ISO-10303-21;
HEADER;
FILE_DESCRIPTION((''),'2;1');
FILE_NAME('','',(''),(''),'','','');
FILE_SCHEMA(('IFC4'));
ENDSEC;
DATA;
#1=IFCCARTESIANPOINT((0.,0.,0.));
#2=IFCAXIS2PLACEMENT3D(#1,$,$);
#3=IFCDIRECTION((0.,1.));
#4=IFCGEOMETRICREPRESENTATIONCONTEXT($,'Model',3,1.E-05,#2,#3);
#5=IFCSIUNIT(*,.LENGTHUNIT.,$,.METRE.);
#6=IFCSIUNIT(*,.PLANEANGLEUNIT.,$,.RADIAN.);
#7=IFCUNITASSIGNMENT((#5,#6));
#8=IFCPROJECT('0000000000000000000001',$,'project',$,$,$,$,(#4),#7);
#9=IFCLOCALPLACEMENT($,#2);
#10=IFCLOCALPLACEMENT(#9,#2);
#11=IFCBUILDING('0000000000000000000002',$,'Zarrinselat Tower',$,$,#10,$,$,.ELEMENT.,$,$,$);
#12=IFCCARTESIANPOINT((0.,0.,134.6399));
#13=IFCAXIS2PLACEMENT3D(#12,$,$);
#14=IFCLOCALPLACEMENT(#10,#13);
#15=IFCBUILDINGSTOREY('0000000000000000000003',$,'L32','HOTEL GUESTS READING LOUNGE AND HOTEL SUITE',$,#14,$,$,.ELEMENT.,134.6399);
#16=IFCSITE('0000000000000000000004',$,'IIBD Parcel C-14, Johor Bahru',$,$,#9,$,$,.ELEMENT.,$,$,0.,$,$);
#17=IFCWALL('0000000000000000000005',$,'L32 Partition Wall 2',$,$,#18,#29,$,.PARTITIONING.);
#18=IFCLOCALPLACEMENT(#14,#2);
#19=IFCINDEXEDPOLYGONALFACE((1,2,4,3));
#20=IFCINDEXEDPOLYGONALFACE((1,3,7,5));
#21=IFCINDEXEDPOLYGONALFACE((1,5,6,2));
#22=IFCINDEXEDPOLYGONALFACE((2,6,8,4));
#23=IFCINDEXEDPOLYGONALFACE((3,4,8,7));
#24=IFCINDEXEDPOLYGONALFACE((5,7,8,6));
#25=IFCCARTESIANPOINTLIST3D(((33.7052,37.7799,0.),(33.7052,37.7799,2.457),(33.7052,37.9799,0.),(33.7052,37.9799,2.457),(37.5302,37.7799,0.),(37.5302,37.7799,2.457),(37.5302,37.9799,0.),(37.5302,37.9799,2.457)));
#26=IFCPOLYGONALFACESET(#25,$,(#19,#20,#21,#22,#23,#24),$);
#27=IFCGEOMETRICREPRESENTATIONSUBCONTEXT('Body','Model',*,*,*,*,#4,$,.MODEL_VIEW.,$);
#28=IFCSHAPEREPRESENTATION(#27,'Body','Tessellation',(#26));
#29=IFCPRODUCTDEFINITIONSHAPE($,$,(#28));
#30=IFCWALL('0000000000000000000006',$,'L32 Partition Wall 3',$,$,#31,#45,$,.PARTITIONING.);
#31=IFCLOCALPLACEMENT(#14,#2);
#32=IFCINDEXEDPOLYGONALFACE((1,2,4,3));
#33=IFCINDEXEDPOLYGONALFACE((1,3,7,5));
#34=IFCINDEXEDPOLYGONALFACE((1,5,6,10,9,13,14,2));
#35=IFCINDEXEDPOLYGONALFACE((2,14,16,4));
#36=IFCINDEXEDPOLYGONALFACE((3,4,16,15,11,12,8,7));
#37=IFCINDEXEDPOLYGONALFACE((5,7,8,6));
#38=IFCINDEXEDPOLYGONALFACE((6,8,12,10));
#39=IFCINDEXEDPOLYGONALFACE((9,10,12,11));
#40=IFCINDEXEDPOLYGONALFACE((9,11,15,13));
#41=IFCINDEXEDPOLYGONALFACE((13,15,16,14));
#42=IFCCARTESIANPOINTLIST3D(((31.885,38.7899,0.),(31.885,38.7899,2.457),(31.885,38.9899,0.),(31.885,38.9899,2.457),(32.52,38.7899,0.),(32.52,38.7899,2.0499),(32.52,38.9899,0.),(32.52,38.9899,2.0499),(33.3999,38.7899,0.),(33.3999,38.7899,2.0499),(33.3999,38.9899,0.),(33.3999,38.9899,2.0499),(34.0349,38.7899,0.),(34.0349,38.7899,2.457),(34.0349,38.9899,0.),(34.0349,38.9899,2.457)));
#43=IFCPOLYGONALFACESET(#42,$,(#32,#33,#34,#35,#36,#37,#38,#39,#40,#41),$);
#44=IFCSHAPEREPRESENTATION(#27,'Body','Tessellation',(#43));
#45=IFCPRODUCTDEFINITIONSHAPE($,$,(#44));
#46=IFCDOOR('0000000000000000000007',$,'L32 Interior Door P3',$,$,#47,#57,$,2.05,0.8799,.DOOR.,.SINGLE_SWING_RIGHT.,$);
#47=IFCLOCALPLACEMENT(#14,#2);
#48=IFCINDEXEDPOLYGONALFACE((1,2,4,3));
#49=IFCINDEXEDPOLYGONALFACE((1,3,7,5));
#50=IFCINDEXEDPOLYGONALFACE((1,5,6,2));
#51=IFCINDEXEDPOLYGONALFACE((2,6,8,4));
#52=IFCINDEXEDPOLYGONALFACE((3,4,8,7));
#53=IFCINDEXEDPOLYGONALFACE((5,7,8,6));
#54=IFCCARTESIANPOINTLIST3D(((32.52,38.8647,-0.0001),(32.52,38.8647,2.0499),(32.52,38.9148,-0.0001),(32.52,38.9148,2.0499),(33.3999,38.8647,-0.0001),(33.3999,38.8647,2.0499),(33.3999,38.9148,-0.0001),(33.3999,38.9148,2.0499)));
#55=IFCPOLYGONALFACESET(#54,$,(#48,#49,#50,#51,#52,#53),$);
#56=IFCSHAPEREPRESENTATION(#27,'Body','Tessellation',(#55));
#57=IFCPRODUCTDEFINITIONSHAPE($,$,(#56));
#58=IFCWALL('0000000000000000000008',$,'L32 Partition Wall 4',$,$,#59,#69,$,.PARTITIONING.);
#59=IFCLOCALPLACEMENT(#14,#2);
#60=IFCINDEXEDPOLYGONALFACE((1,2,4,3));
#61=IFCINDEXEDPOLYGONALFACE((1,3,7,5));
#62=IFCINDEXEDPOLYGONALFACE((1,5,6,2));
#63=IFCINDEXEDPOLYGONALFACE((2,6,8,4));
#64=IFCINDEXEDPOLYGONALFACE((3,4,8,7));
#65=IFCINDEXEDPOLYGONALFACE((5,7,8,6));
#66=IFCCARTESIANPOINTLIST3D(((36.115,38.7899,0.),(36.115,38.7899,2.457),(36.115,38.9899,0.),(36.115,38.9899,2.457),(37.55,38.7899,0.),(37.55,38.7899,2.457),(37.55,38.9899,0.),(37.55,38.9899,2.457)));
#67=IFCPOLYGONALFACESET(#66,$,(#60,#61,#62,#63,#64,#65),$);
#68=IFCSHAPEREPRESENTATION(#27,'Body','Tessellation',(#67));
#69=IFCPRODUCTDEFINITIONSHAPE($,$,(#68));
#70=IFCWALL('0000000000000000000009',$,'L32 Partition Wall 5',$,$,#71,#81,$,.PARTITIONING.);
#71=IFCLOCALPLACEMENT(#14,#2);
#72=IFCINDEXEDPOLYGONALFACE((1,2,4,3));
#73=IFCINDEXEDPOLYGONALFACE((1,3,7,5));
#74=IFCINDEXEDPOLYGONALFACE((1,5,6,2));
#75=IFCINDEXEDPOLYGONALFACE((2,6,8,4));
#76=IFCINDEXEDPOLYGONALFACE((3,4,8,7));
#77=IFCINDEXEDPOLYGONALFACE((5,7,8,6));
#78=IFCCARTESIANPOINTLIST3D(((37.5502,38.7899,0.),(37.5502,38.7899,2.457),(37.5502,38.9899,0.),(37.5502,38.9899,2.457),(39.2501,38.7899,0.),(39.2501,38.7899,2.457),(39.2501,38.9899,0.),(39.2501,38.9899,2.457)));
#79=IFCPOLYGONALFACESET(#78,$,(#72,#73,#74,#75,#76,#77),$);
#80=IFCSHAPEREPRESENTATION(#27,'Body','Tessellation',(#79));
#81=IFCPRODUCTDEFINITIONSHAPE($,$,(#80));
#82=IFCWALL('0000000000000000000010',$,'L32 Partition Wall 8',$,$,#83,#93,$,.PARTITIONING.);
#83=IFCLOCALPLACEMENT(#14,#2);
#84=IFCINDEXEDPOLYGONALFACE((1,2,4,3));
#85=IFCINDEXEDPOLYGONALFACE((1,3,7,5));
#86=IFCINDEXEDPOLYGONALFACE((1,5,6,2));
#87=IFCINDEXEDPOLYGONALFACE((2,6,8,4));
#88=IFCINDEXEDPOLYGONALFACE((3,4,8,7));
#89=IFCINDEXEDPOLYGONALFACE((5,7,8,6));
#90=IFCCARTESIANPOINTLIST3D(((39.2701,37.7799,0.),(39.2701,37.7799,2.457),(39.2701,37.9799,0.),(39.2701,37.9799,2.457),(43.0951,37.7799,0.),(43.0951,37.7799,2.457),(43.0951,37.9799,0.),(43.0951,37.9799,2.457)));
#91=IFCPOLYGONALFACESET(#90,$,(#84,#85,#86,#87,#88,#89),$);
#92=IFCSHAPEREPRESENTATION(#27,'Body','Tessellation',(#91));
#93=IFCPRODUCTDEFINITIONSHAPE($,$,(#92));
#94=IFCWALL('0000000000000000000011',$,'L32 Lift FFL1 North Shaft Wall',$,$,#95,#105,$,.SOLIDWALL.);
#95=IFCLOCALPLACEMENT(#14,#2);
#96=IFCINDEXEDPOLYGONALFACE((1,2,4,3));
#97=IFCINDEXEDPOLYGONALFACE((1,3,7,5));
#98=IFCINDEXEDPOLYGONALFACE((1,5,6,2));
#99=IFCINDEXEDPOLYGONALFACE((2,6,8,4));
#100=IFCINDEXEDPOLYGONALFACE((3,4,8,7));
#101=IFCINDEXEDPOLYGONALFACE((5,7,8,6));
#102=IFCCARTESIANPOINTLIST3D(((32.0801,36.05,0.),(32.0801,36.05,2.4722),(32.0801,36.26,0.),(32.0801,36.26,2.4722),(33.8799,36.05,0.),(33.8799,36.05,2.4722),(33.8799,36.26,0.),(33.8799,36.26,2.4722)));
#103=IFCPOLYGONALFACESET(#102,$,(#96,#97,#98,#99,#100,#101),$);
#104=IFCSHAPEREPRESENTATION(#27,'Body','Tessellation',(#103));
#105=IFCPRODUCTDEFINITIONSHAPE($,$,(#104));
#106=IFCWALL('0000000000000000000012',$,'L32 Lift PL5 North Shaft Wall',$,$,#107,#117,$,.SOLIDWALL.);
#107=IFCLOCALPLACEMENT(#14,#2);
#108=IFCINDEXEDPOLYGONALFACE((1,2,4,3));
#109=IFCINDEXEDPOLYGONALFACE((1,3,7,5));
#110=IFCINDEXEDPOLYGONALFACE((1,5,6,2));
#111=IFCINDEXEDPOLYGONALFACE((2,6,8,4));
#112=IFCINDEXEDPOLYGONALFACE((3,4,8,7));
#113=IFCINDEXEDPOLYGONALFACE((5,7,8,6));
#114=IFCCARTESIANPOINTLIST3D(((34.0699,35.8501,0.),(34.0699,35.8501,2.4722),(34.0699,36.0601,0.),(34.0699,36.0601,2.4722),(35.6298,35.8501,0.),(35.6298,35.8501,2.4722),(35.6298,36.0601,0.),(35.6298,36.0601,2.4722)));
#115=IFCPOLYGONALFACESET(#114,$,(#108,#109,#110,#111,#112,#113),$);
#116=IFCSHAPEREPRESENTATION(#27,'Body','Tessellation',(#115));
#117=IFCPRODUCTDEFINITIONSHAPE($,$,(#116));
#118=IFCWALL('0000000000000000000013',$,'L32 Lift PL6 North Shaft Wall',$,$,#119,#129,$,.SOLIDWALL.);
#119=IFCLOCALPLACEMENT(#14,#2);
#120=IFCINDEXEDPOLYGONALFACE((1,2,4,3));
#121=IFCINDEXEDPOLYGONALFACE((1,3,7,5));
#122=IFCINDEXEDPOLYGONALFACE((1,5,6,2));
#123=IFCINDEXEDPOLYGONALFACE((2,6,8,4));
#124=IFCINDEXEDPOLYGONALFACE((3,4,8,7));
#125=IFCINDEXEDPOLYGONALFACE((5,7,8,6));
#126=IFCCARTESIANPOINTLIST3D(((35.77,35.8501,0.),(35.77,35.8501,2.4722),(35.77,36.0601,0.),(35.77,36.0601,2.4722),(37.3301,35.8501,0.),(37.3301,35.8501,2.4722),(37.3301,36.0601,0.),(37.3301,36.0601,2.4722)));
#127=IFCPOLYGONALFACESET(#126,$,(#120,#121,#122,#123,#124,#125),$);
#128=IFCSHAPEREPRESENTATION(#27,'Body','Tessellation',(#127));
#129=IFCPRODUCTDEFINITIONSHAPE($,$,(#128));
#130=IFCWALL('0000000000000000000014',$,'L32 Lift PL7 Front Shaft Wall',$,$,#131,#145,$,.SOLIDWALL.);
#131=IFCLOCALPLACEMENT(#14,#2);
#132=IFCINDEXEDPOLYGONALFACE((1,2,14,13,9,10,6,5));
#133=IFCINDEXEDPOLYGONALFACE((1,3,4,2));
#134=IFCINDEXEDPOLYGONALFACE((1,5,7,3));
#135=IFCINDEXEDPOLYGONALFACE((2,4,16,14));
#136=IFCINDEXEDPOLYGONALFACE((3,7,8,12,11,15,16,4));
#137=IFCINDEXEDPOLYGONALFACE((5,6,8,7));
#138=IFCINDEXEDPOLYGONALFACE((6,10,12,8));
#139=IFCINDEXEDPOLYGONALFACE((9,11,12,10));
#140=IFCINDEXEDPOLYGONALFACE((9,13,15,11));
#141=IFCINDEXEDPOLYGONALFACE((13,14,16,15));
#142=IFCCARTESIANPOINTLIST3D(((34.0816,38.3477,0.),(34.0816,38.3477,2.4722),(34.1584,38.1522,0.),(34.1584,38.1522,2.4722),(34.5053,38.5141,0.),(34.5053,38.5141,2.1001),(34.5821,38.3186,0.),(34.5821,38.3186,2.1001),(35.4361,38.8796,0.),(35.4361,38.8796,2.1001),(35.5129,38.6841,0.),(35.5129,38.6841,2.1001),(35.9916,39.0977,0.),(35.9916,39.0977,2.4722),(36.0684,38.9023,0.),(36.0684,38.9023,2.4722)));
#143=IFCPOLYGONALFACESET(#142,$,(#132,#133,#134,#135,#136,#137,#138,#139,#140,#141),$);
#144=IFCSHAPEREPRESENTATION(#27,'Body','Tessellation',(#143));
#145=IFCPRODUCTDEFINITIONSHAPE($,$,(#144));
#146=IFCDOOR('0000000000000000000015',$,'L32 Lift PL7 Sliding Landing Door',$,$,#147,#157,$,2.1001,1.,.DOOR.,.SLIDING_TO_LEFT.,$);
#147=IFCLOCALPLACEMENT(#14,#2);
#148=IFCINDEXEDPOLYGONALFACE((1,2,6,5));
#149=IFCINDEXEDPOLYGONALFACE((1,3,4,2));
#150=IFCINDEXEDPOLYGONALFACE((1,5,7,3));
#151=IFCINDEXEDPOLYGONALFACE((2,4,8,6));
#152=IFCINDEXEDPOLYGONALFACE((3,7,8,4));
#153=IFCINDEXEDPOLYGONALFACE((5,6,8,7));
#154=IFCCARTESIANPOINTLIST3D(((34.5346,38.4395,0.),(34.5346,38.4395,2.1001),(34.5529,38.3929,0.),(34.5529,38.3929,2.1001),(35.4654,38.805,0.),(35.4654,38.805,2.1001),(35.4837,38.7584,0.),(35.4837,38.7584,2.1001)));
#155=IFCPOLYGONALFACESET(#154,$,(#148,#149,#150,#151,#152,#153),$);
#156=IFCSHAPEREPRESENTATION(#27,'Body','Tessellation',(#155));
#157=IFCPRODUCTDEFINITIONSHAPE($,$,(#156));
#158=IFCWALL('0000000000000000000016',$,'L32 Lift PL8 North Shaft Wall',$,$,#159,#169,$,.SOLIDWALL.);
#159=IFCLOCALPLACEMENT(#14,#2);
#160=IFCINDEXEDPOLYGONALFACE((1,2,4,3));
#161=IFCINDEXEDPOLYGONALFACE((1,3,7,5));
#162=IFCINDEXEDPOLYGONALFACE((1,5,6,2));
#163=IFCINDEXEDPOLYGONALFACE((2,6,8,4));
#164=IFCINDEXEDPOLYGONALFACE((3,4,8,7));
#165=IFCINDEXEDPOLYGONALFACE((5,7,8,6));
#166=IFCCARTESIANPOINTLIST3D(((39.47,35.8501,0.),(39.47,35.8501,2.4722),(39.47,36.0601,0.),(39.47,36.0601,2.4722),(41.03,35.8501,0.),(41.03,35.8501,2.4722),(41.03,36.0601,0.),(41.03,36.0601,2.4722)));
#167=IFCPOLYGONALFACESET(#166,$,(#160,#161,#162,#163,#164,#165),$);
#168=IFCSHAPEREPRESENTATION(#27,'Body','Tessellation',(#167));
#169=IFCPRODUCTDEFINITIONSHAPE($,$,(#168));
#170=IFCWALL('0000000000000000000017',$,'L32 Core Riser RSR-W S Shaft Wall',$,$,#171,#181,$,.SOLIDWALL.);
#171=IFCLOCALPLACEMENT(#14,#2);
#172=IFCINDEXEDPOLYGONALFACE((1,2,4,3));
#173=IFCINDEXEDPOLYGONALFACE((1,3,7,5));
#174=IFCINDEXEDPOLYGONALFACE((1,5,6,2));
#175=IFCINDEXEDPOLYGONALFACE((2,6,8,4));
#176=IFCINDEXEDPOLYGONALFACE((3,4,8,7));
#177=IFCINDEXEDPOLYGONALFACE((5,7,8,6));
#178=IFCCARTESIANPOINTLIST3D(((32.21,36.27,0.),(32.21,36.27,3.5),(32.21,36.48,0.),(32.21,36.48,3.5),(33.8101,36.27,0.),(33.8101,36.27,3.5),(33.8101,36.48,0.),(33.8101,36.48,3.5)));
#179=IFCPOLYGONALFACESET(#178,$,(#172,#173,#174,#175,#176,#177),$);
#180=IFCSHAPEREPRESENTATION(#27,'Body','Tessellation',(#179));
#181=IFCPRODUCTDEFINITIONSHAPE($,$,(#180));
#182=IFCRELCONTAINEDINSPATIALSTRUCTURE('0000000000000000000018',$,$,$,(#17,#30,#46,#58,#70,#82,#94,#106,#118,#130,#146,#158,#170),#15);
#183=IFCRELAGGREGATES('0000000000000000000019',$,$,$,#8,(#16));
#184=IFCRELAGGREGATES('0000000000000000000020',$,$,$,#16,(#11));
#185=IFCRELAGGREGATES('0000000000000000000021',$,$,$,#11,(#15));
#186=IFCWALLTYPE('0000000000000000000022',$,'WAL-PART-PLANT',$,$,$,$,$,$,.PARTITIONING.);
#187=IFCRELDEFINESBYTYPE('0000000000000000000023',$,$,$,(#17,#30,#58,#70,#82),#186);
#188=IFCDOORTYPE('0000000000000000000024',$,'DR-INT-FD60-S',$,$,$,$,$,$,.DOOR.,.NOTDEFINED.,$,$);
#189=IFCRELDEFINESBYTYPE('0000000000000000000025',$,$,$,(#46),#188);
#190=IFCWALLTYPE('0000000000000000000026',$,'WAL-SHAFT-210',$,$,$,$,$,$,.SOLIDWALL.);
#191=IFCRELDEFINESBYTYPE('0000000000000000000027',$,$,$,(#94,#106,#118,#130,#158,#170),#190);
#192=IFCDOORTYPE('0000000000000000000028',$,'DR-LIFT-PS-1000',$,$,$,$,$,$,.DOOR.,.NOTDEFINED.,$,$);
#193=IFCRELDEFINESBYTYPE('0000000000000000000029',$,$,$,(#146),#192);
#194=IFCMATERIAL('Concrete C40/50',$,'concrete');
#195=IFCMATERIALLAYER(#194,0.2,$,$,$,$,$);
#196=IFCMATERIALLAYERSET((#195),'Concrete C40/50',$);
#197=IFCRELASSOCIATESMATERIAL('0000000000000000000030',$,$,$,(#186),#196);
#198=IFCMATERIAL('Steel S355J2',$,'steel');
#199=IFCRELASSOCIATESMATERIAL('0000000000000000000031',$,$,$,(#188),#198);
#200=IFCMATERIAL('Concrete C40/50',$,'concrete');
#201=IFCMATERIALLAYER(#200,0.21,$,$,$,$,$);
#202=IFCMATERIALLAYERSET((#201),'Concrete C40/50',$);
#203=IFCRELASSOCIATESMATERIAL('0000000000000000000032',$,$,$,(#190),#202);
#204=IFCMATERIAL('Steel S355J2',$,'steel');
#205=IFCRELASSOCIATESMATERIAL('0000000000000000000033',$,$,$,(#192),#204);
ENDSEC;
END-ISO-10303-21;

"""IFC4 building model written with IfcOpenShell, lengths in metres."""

from ifc_helpers import new_model, si_unit, direction, frame, frame_2d, origin, place, context, subcontext, project, spatial, rectangle, extrude, material, layer, layer_set, type_object, element, fill, save


model = new_model("IFC4")

# Units and contexts
model_context = context("Model", 3, precision=1e-05, world=origin(), true_north=direction((0.0, 1.0)))
body_context = subcontext(model_context, "Body", "Model", "MODEL_VIEW")
ifc_project = project(units=[si_unit("LENGTHUNIT", "METRE"), si_unit("PLANEANGLEUNIT", "RADIAN")], contexts=[model_context])

# Site, building, storey
site_placement = place(None, origin())
site = spatial("IfcSite", under=ifc_project, at=site_placement, Name="IIBD Parcel C-14, Johor Bahru", CompositionType="ELEMENT", RefElevation=0.0)
building_placement = place(site_placement, origin())
building = spatial("IfcBuilding", under=site, at=building_placement, Name="Zarrinselat Tower", CompositionType="ELEMENT")
storey_placement = place(building_placement, frame((0.0, 0.0, 134.6399)))
storey = spatial("IfcBuildingStorey", under=building, at=storey_placement, Name="L32", Description="HOTEL GUESTS READING LOUNGE AND HOTEL SUITE", CompositionType="ELEMENT", Elevation=134.6399)

# Wall
ifc_material_1 = material(Name="Concrete C40/50", Category="concrete")
ifc_layer_1 = layer(ifc_material_1, 0.2)
ifc_layer_set_1 = layer_set([ifc_layer_1], Name="Concrete C40/50")
wall_type_1 = type_object("IfcWallType", Name="WAL-PART-PLANT", PredefinedType="PARTITIONING", material=ifc_layer_set_1)
wall_1_placement = place(storey_placement, frame((33.7051, 37.8799, 0.0), z_axis=(0.0, 0.0, 1.0), x_axis=(1.0, 0.0, 0.0)))
element("IfcWall", 1, at=wall_1_placement, inside=storey, type_object=wall_type_1, Name="L32 Partition Wall 2", PredefinedType="PARTITIONING", context=body_context, shape_type="SweptSolid", body=[
    extrude(rectangle(XDim=3.825, YDim=0.2, at=frame_2d((1.9126, 0.0))), origin(), (0.0, 0.0, 1.0), 2.457),
])

# Wall, opening, door
wall_2_placement = place(storey_placement, frame((31.885, 38.8899, 0.0), z_axis=(0.0, 0.0, 1.0), x_axis=(1.0, 0.0, 0.0)))
wall_2 = element("IfcWall", 2, at=wall_2_placement, inside=storey, type_object=wall_type_1, Name="L32 Partition Wall 3", PredefinedType="PARTITIONING", context=body_context, shape_type="SweptSolid", body=[
    extrude(rectangle(XDim=2.1499, YDim=0.2, at=frame_2d((1.075, 0.0))), origin(), (0.0, 0.0, 1.0), 2.457),
])
opening_1_placement = place(wall_2_placement, frame((0.635, 0.0, 0.0)))
opening_1 = element("IfcOpeningElement", 3, at=opening_1_placement, cuts=wall_2, PredefinedType="OPENING", context=body_context, shape_type="SweptSolid", body=[
    extrude(rectangle(XDim=0.8799, YDim=2.05, at=frame_2d((0.4399, 1.0249))), frame((0.0, 0.1099, 0.0), z_axis=(0.0, -1.0, 0.0), x_axis=(1.0, 0.0, 0.0)), (0.0, 0.0, 1.0), 0.22),
])
ifc_material_2 = material(Name="Steel S355J2", Category="steel")
door_type_1 = type_object("IfcDoorType", Name="DR-INT-FD60-S", OperationType="NOTDEFINED", PredefinedType="DOOR", material=ifc_material_2)
door_1_placement = place(opening_1_placement, origin())
door_1 = element("IfcDoor", 4, at=door_1_placement, inside=storey, type_object=door_type_1, Name="L32 Interior Door P3", OperationType="SINGLE_SWING_RIGHT", OverallHeight=2.05, OverallWidth=0.8799, PredefinedType="DOOR", context=body_context, shape_type="SweptSolid", body=[
    extrude(rectangle(XDim=0.8799, YDim=2.05, at=frame_2d((0.4399, 1.0249))), frame((0.0, 0.0249, 0.0), z_axis=(0.0, -1.0, 0.0), x_axis=(1.0, 0.0, 0.0)), (0.0, 0.0, 1.0), 0.05),
])
fill(opening_1, door_1)

# Walls
wall_3_placement = place(storey_placement, frame((36.115, 38.8899, 0.0), z_axis=(0.0, 0.0, 1.0), x_axis=(1.0, 0.0, 0.0)))
element("IfcWall", 5, at=wall_3_placement, inside=storey, type_object=wall_type_1, Name="L32 Partition Wall 4", PredefinedType="PARTITIONING", context=body_context, shape_type="SweptSolid", body=[
    extrude(rectangle(XDim=1.4351, YDim=0.2, at=frame_2d((0.7175, 0.0))), origin(), (0.0, 0.0, 1.0), 2.457),
])
wall_4_placement = place(storey_placement, frame((37.55, 38.8899, 0.0), z_axis=(0.0, 0.0, 1.0), x_axis=(1.0, 0.0, 0.0)))
element("IfcWall", 6, at=wall_4_placement, inside=storey, type_object=wall_type_1, Name="L32 Partition Wall 5", PredefinedType="PARTITIONING", context=body_context, shape_type="SweptSolid", body=[
    extrude(rectangle(XDim=1.7, YDim=0.2, at=frame_2d((0.8501, 0.0))), origin(), (0.0, 0.0, 1.0), 2.457),
])
wall_5_placement = place(storey_placement, frame((39.27, 37.8799, 0.0), z_axis=(0.0, 0.0, 1.0), x_axis=(1.0, 0.0, 0.0)))
element("IfcWall", 7, at=wall_5_placement, inside=storey, type_object=wall_type_1, Name="L32 Partition Wall 8", PredefinedType="PARTITIONING", context=body_context, shape_type="SweptSolid", body=[
    extrude(rectangle(XDim=3.825, YDim=0.2, at=frame_2d((1.9126, 0.0))), origin(), (0.0, 0.0, 1.0), 2.457),
])
ifc_material_3 = material(Name="Concrete C40/50", Category="concrete")
ifc_layer_2 = layer(ifc_material_3, 0.21)
ifc_layer_set_2 = layer_set([ifc_layer_2], Name="Concrete C40/50")
wall_type_2 = type_object("IfcWallType", Name="WAL-SHAFT-210", PredefinedType="SOLIDWALL", material=ifc_layer_set_2)
wall_6_placement = place(storey_placement, frame((32.0801, 36.155, 0.0), z_axis=(0.0, 0.0, 1.0), x_axis=(1.0, 0.0, 0.0)))
element("IfcWall", 8, at=wall_6_placement, inside=storey, type_object=wall_type_2, Name="L32 Lift FFL1 North Shaft Wall", PredefinedType="SOLIDWALL", context=body_context, shape_type="SweptSolid", body=[
    extrude(rectangle(XDim=1.7998, YDim=0.21, at=frame_2d((0.8999, 0.0))), origin(), (0.0, 0.0, 1.0), 2.4722),
])
wall_7_placement = place(storey_placement, frame((34.0701, 35.9551, 0.0), z_axis=(0.0, 0.0, 1.0), x_axis=(1.0, 0.0, 0.0)))
element("IfcWall", 9, at=wall_7_placement, inside=storey, type_object=wall_type_2, Name="L32 Lift PL5 North Shaft Wall", PredefinedType="SOLIDWALL", context=body_context, shape_type="SweptSolid", body=[
    extrude(rectangle(XDim=1.5598, YDim=0.21, at=frame_2d((0.7798, 0.0))), origin(), (0.0, 0.0, 1.0), 2.4722),
])
wall_8_placement = place(storey_placement, frame((35.77, 35.9551, 0.0), z_axis=(0.0, 0.0, 1.0), x_axis=(1.0, 0.0, 0.0)))
element("IfcWall", 10, at=wall_8_placement, inside=storey, type_object=wall_type_2, Name="L32 Lift PL6 North Shaft Wall", PredefinedType="SOLIDWALL", context=body_context, shape_type="SweptSolid", body=[
    extrude(rectangle(XDim=1.5601, YDim=0.21, at=frame_2d((0.78, 0.0))), origin(), (0.0, 0.0, 1.0), 2.4722),
])

# Wall, opening, door
wall_9_placement = place(storey_placement, frame((34.1201, 38.25, 0.0), z_axis=(0.0, 0.0, 1.0), x_axis=(0.930805, 0.365516, 0.0)))
wall_9 = element("IfcWall", 11, at=wall_9_placement, inside=storey, type_object=wall_type_2, Name="L32 Lift PL7 Front Shaft Wall", PredefinedType="SOLIDWALL", context=body_context, shape_type="SweptSolid", body=[
    extrude(rectangle(XDim=2.052, YDim=0.21, at=frame_2d((1.0259, 0.0))), origin(), (0.0, 0.0, 1.0), 2.4722),
])
opening_2_placement = place(wall_9_placement, frame((0.4551, 0.0, 0.0)))
opening_2 = element("IfcOpeningElement", 12, at=opening_2_placement, cuts=wall_9, PredefinedType="OPENING", context=body_context, shape_type="SweptSolid", body=[
    extrude(rectangle(XDim=1.0, YDim=2.1001, at=frame_2d((0.5, 1.05))), frame((0.0, 0.115, 0.0), z_axis=(0.0, -1.0, 0.0), x_axis=(1.0, 0.0, 0.0)), (0.0, 0.0, 1.0), 0.23),
])
ifc_material_4 = material(Name="Steel S355J2", Category="steel")
door_type_2 = type_object("IfcDoorType", Name="DR-LIFT-PS-1000", OperationType="NOTDEFINED", PredefinedType="DOOR", material=ifc_material_4)
door_2_placement = place(opening_2_placement, origin())
door_2 = element("IfcDoor", 13, at=door_2_placement, inside=storey, type_object=door_type_2, Name="L32 Lift PL7 Sliding Landing Door", OperationType="SLIDING_TO_LEFT", OverallHeight=2.1001, OverallWidth=1.0, PredefinedType="DOOR", context=body_context, shape_type="SweptSolid", body=[
    extrude(rectangle(XDim=1.0, YDim=2.1001, at=frame_2d((0.5, 1.05))), frame((0.0, 0.0249, 0.0), z_axis=(0.0, -1.0, 0.0), x_axis=(1.0, 0.0, 0.0)), (0.0, 0.0, 1.0), 0.05),
])
fill(opening_2, door_2)

# Walls
wall_10_placement = place(storey_placement, frame((39.47, 35.9551, 0.0), z_axis=(0.0, 0.0, 1.0), x_axis=(1.0, 0.0, 0.0)))
element("IfcWall", 14, at=wall_10_placement, inside=storey, type_object=wall_type_2, Name="L32 Lift PL8 North Shaft Wall", PredefinedType="SOLIDWALL", context=body_context, shape_type="SweptSolid", body=[
    extrude(rectangle(XDim=1.5601, YDim=0.21, at=frame_2d((0.78, 0.0))), origin(), (0.0, 0.0, 1.0), 2.4722),
])
for number, where, z_axis, x_axis, name in (
    (15, (32.21, 36.375, 0.0), (0.0, 0.0, 1.0), (1.0, 0.0, 0.0), "L32 Core Riser RSR-W S Shaft Wall"),
):
    element("IfcWall", number, at=place(storey_placement, frame(where, z_axis=z_axis, x_axis=x_axis)), inside=storey, type_object=wall_type_2, Name=name, PredefinedType="SOLIDWALL", context=body_context, shape_type="SweptSolid", body=[
        extrude(rectangle(XDim=1.6001, YDim=0.21, at=frame_2d((0.8, 0.0))), origin(), (0.0, 0.0, 1.0), 3.5),
    ])

save(model, "model.ifc")
